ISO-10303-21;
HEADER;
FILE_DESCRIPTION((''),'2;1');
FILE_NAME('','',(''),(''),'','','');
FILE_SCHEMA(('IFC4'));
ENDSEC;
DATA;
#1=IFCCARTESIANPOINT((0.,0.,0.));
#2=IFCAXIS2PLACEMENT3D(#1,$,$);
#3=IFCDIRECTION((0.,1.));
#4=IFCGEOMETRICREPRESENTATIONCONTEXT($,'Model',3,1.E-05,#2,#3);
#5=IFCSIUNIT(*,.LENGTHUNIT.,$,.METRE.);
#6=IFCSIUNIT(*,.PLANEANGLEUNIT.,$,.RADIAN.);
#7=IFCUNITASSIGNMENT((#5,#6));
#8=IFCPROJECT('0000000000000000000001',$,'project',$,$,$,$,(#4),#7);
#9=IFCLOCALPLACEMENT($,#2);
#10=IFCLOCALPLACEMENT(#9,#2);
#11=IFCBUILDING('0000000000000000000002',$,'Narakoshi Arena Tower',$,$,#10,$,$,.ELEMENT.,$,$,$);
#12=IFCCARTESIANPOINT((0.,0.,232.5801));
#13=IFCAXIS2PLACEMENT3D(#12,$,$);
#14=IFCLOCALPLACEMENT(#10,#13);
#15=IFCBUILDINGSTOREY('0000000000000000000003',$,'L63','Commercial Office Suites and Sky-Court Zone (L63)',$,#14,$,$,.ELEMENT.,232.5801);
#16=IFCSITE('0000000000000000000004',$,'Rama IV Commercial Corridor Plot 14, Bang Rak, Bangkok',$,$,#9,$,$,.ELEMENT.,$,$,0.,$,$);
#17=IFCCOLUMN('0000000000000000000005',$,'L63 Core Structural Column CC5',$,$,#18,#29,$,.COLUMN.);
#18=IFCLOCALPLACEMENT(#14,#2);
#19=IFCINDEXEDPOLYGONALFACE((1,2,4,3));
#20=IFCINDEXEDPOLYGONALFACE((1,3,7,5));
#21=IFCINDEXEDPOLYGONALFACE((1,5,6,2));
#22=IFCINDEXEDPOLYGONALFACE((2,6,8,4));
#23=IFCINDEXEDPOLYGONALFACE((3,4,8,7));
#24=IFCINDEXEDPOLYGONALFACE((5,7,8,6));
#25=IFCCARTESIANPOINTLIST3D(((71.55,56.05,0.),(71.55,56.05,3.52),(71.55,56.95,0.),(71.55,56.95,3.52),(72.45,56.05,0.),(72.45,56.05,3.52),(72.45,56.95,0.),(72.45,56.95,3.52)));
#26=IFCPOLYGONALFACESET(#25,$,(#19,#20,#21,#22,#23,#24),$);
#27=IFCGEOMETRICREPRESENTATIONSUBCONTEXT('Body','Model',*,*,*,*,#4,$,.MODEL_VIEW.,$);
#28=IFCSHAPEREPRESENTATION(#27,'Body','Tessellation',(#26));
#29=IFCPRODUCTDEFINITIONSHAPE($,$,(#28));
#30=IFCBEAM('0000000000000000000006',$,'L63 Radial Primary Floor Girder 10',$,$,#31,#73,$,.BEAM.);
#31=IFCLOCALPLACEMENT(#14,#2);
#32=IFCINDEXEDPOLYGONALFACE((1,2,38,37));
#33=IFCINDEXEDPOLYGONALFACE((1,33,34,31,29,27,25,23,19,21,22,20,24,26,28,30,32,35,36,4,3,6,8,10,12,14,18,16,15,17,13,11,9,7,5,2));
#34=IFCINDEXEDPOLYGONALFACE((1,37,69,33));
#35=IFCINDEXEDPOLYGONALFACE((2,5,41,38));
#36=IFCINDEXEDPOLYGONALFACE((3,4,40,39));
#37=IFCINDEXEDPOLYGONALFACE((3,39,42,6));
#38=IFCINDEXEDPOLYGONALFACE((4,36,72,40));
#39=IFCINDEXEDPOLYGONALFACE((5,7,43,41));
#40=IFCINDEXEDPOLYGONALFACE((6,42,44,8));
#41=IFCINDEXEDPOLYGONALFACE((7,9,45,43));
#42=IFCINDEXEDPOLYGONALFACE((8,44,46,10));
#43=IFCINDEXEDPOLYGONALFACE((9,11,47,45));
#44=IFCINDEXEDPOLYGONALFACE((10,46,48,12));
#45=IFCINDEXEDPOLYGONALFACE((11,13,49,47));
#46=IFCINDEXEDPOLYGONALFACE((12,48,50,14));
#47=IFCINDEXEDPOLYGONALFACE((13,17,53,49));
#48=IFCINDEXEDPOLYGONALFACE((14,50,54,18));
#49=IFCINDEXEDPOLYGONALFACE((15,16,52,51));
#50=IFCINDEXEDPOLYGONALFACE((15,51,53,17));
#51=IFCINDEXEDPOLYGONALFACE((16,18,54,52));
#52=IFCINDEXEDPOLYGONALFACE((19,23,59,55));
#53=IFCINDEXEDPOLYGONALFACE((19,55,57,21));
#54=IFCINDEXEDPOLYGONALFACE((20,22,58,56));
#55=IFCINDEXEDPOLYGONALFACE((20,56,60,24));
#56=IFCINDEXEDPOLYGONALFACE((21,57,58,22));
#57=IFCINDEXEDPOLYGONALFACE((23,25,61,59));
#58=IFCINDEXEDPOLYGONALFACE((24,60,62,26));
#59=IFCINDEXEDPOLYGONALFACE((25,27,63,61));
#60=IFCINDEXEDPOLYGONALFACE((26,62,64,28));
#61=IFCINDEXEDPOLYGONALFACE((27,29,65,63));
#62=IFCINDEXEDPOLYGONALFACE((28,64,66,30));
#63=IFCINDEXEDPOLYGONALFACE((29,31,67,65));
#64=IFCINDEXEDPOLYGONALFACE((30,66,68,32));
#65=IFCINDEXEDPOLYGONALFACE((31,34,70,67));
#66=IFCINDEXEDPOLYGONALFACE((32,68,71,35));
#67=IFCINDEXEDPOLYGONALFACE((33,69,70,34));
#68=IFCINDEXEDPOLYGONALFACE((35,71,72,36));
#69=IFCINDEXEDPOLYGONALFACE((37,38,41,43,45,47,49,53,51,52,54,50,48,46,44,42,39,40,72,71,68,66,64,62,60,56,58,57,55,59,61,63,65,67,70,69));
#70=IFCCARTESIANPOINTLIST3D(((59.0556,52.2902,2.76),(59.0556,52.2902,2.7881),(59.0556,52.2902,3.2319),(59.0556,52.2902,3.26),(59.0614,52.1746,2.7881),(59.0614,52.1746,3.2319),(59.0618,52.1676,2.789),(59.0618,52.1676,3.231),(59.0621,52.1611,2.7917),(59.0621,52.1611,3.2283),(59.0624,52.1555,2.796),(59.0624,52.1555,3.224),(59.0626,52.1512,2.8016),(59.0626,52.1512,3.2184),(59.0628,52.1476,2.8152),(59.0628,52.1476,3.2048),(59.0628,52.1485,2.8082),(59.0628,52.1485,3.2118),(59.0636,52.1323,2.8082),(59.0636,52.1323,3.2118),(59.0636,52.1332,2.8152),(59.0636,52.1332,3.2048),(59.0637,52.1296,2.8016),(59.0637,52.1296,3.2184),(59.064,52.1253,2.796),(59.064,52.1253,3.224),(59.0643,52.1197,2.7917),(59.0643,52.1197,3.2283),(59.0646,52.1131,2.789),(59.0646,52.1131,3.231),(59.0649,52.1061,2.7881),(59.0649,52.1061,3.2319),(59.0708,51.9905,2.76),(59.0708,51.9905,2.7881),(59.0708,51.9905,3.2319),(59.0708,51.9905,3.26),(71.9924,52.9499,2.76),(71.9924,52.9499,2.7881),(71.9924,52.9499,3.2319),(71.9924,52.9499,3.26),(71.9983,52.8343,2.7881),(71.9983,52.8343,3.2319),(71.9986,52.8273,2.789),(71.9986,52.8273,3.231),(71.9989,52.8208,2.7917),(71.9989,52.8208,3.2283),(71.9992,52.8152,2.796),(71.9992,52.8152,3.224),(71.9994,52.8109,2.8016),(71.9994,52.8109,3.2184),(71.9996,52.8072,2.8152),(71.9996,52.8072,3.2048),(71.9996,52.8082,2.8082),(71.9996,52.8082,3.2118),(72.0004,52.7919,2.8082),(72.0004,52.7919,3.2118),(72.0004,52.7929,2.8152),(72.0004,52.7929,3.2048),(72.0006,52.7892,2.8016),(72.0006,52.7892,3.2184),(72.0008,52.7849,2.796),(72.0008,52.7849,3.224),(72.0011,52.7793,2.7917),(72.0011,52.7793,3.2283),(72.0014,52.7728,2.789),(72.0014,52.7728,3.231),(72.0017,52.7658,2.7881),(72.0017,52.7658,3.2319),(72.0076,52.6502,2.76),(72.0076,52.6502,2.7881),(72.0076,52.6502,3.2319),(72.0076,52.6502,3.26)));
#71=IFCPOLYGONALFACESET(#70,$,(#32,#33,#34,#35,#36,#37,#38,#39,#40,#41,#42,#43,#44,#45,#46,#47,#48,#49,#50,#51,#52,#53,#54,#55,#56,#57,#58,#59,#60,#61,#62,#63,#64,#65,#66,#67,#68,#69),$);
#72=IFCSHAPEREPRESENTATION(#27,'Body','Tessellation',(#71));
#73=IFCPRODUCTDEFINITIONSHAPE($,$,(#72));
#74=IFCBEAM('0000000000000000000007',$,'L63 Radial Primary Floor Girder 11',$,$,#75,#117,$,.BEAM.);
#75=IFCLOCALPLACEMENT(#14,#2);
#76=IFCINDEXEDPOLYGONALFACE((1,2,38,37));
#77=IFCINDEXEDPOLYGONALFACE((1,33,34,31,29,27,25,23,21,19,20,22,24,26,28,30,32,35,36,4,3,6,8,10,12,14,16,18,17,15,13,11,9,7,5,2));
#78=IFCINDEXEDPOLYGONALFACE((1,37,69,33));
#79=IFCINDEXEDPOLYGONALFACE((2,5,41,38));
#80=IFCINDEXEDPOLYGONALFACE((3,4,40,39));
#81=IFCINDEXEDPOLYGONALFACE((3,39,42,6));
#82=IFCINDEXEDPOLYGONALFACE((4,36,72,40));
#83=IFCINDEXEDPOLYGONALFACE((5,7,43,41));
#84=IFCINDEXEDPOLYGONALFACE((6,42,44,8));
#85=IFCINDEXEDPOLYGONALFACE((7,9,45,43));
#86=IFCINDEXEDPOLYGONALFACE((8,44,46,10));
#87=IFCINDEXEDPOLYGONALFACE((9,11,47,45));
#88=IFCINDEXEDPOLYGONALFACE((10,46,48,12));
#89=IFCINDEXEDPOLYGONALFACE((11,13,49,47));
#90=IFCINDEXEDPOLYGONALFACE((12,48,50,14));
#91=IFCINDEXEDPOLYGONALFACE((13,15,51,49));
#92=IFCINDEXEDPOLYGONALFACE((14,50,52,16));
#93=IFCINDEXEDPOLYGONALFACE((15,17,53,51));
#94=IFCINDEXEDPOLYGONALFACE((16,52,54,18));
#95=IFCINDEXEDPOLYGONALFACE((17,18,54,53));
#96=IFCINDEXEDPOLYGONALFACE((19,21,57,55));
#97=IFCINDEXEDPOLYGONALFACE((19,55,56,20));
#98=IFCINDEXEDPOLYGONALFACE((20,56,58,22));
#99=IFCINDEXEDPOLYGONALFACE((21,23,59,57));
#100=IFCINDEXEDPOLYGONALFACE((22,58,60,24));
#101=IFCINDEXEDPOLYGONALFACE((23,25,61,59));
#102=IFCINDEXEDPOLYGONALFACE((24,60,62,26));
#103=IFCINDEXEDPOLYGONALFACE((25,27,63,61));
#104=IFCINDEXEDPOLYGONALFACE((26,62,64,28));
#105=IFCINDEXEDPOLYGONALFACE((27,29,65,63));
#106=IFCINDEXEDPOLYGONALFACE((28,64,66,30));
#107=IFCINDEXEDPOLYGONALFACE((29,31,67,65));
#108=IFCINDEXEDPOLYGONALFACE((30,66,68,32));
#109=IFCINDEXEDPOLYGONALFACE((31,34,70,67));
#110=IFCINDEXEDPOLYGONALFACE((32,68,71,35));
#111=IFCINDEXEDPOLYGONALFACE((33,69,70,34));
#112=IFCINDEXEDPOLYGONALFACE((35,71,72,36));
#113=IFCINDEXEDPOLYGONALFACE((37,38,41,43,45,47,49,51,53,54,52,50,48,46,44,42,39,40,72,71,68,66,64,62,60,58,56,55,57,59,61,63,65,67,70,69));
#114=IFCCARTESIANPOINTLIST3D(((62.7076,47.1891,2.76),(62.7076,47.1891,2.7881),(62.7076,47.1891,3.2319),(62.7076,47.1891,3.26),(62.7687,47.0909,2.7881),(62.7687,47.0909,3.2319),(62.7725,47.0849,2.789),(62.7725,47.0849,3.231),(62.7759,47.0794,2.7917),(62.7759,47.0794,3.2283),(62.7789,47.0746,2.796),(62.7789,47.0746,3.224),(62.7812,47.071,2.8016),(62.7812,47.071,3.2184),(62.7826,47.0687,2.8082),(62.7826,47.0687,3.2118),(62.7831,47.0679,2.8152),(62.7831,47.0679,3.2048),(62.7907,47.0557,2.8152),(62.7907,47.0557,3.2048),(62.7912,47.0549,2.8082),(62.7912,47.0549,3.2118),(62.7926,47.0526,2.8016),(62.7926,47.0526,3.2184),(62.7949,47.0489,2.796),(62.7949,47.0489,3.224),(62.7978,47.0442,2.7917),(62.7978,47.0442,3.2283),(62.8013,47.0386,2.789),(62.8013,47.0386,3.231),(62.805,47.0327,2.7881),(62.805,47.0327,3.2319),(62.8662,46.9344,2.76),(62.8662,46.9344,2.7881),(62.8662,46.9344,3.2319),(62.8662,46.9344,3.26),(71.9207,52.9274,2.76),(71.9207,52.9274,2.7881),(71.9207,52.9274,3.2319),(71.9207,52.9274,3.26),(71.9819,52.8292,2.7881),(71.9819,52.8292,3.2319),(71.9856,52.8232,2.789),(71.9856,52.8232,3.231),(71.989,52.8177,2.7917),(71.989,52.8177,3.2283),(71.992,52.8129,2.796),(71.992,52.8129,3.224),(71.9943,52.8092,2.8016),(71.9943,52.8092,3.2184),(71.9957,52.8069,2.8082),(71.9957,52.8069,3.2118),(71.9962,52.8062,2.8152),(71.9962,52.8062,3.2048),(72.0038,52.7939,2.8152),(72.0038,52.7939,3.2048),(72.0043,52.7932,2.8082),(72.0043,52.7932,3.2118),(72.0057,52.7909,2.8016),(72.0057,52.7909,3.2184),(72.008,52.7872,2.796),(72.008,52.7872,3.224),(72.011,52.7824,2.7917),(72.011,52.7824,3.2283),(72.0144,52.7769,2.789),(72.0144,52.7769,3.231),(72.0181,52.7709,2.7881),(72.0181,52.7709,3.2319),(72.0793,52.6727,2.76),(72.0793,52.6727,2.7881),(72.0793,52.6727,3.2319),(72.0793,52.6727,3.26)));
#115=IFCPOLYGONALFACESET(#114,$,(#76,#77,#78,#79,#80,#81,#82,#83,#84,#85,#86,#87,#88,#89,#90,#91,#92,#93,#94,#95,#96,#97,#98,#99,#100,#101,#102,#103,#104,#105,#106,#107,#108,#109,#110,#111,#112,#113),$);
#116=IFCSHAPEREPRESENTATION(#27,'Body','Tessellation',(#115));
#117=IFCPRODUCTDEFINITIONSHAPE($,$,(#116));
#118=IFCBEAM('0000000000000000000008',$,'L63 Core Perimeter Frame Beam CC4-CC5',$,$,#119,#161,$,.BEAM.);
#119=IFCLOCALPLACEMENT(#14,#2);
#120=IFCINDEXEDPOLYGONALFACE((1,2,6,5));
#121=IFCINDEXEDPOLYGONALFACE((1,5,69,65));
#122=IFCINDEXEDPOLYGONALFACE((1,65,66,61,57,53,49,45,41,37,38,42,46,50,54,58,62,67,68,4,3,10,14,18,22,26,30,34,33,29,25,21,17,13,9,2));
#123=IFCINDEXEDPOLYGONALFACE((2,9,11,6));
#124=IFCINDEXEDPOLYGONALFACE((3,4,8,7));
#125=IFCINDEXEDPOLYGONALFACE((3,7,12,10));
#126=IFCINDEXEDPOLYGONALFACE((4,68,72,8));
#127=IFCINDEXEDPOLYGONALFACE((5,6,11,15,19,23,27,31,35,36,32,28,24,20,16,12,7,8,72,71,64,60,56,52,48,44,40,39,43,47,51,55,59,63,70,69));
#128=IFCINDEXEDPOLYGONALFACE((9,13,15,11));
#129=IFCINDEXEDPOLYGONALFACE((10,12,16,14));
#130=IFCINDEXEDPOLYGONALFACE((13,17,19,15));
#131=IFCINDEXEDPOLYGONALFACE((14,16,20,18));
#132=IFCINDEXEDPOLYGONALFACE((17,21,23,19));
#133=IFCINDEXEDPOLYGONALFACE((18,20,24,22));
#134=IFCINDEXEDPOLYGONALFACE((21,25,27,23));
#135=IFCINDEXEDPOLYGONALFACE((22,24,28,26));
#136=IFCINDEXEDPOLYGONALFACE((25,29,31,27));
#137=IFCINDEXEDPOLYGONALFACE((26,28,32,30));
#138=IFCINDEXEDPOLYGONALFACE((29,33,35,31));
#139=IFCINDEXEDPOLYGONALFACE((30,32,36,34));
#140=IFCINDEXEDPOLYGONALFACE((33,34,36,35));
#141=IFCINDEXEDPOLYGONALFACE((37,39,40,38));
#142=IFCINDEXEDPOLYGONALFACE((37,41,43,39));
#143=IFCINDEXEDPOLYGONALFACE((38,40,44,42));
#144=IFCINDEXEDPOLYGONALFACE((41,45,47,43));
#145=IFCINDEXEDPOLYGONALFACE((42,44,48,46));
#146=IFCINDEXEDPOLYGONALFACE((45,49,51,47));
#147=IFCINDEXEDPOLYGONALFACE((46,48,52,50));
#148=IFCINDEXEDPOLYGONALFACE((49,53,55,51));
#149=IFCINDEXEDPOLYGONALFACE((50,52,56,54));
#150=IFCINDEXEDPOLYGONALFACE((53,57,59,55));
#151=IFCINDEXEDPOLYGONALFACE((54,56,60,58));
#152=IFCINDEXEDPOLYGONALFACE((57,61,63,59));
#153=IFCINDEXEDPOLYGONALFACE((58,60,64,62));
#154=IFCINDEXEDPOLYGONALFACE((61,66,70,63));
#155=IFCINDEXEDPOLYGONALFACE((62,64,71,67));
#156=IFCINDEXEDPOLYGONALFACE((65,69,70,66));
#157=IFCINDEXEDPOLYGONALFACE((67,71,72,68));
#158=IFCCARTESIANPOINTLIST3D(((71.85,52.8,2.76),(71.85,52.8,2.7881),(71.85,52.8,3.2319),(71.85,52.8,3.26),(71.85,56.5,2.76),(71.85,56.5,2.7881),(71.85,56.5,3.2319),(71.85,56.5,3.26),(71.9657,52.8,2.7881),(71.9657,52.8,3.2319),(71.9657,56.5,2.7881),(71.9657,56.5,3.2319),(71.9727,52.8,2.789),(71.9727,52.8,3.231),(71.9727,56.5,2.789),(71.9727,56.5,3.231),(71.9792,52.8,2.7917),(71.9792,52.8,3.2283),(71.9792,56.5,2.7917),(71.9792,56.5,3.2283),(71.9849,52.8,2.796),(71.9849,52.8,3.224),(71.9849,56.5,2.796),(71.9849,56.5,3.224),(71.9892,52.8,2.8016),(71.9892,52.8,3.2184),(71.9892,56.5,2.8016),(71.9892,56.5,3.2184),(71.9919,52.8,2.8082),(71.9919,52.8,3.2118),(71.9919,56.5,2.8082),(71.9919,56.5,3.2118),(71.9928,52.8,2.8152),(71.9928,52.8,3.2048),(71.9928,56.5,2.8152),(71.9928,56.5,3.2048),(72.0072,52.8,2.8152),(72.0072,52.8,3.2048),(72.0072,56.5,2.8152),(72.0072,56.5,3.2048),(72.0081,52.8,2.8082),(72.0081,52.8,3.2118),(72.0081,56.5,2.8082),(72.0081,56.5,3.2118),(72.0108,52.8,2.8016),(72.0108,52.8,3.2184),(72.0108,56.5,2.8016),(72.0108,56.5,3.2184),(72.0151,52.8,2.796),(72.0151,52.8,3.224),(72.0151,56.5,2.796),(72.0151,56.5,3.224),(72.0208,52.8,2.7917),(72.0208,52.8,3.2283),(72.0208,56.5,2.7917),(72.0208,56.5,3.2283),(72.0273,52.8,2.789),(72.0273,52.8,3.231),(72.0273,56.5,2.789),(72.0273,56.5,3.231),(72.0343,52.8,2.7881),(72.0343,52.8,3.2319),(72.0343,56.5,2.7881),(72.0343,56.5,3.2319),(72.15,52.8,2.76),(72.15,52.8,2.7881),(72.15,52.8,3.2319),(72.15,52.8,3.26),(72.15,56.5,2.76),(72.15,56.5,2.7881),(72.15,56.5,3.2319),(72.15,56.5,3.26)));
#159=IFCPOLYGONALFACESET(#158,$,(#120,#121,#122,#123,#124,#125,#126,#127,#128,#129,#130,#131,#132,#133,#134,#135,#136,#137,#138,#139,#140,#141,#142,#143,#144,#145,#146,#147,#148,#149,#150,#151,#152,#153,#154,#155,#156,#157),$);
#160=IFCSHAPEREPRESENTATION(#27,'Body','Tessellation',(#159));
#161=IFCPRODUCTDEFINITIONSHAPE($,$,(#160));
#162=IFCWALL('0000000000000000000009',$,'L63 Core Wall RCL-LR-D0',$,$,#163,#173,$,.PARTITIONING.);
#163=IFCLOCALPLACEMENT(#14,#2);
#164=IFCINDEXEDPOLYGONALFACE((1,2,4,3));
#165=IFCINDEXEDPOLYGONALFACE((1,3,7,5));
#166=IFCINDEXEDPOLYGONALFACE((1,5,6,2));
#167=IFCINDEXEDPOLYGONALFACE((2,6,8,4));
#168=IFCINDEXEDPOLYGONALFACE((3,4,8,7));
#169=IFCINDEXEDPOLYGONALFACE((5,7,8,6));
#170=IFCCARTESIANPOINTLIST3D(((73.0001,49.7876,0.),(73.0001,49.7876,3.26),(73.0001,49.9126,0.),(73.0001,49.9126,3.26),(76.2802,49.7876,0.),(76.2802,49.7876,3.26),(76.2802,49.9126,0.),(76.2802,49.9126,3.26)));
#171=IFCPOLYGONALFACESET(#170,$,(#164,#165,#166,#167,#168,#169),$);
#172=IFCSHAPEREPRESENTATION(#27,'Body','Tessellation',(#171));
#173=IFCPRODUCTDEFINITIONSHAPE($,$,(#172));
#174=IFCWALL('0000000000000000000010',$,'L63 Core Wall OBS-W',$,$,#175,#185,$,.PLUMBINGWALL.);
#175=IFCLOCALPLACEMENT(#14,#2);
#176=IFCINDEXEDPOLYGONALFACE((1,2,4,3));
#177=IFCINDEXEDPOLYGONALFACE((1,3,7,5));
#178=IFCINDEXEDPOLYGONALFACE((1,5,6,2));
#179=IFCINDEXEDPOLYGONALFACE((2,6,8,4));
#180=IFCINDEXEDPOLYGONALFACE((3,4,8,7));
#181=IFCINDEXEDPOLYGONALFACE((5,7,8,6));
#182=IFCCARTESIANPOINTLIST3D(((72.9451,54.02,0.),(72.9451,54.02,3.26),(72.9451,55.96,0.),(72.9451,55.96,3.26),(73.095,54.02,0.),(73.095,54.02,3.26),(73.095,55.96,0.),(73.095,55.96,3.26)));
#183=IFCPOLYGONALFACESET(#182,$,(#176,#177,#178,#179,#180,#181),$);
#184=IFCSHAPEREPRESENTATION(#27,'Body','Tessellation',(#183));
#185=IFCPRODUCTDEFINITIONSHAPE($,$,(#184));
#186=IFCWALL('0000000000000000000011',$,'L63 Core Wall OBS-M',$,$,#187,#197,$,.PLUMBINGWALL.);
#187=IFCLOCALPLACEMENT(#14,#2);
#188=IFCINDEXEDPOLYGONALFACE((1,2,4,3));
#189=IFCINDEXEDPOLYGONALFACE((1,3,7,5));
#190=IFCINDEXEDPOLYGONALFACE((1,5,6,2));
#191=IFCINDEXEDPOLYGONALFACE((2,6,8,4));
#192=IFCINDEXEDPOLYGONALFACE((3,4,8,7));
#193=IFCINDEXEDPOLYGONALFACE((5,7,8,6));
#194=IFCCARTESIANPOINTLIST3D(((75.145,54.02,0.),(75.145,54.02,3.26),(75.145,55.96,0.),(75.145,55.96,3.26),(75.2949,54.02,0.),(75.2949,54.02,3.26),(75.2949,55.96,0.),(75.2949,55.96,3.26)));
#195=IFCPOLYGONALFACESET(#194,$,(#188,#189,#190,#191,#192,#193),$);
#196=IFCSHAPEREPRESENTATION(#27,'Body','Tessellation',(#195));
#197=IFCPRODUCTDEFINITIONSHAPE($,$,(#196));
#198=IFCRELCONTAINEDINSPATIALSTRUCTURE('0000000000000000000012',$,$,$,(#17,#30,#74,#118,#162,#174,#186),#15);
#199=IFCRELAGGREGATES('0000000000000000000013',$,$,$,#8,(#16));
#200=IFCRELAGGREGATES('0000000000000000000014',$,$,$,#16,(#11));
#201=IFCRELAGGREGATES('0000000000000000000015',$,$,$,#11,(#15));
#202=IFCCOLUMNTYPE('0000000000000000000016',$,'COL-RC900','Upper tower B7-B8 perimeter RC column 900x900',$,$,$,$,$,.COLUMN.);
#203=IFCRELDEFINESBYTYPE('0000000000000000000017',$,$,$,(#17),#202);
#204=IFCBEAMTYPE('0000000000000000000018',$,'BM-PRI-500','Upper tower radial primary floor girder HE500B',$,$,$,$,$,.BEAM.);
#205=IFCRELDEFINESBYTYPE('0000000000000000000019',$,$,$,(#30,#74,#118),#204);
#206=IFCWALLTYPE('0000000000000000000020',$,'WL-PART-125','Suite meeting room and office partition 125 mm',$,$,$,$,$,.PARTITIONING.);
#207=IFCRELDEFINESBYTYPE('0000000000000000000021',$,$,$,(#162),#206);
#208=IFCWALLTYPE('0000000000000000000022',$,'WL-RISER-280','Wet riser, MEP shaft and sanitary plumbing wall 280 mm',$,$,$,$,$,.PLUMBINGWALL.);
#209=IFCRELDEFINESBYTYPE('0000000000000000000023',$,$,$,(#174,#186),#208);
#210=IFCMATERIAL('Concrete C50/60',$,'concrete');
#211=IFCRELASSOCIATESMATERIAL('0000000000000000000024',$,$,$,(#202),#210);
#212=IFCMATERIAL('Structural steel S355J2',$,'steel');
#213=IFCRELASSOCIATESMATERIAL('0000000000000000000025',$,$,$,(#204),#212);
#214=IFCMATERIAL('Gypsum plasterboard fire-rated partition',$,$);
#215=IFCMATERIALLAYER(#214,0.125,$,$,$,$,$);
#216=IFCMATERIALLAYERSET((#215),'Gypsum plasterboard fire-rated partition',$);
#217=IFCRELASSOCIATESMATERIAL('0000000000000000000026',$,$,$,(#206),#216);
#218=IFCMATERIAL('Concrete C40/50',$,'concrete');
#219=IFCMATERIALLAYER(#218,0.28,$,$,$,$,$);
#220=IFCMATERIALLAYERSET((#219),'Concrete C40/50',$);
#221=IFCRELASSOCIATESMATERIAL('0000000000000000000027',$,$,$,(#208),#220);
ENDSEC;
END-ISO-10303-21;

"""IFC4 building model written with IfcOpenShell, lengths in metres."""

from ifc_helpers import new_model, si_unit, direction, frame, frame_2d, origin, origin_2d, place, context, subcontext, project, spatial, rectangle, i_section, extrude, material, layer, layer_set, material_profile, profile_set, type_object, element, save


model = new_model("IFC4")

# Units and contexts
model_context = context("Model", 3, precision=1e-05, world=origin(), true_north=direction((0.0, 1.0)))
body_context = subcontext(model_context, "Body", "Model", "MODEL_VIEW")
ifc_project = project(units=[si_unit("LENGTHUNIT", "METRE"), si_unit("PLANEANGLEUNIT", "RADIAN")], contexts=[model_context])

# Site, building, storey
site_placement = place(None, origin())
site = spatial("IfcSite", under=ifc_project, at=site_placement, Name="Rama IV Commercial Corridor Plot 14, Bang Rak, Bangkok", CompositionType="ELEMENT", RefElevation=0.0)
building_placement = place(site_placement, origin())
building = spatial("IfcBuilding", under=site, at=building_placement, Name="Narakoshi Arena Tower", CompositionType="ELEMENT")
storey_placement = place(building_placement, frame((0.0, 0.0, 232.5801)))
storey = spatial("IfcBuildingStorey", under=building, at=storey_placement, Name="L63", Description="Commercial Office Suites and Sky-Court Zone (L63)", CompositionType="ELEMENT", Elevation=232.5801)

# Column
ifc_material_1 = material(Name="Concrete C50/60", Category="concrete")
ifc_material_profile_1 = material_profile(ifc_material_1, rectangle(XDim=0.8999, YDim=0.8999, at=origin_2d()), Name="RC900x900")
ifc_profile_set_1 = profile_set([ifc_material_profile_1], Name="Concrete C50/60")
column_type = type_object("IfcColumnType", Name="COL-RC900", Description="Upper tower B7-B8 perimeter RC column 900x900", PredefinedType="COLUMN", material=ifc_profile_set_1)
column_placement = place(storey_placement, frame((72.0, 56.5, 0.0), z_axis=(0.0, 0.0, 1.0), x_axis=(1.0, 0.0, 0.0)))
element("IfcColumn", 1, at=column_placement, inside=storey, type_object=column_type, Name="L63 Core Structural Column CC5", PredefinedType="COLUMN", context=body_context, shape_type="SweptSolid", body=[
    extrude(rectangle(XDim=0.8999, YDim=0.8999, at=origin_2d()), origin(), (0.0, 0.0, 1.0), 3.52),
])

# Beams
ifc_material_2 = material(Name="Structural steel S355J2", Category="steel")
ifc_material_profile_2 = material_profile(ifc_material_2, i_section(OverallWidth=0.3, OverallDepth=0.5, WebThickness=0.0144, FlangeThickness=0.0281, FilletRadius=0.0271, at=origin_2d()), Name="HE500B")
ifc_profile_set_2 = profile_set([ifc_material_profile_2], Name="Structural steel S355J2")
beam_type = type_object("IfcBeamType", Name="BM-PRI-500", Description="Upper tower radial primary floor girder HE500B", PredefinedType="BEAM", material=ifc_profile_set_2)
beam_1_placement = place(storey_placement, frame((72.0, 52.8, 3.01), z_axis=(-0.998702, -0.050926, 0.0), x_axis=(0.050926, -0.998702, 0.0)))
element("IfcBeam", 2, at=beam_1_placement, inside=storey, type_object=beam_type, Name="L63 Radial Primary Floor Girder 10", PredefinedType="BEAM", context=body_context, shape_type="SweptSolid", body=[
    extrude(i_section(OverallWidth=0.3, OverallDepth=0.5, WebThickness=0.0144, FlangeThickness=0.0281, FilletRadius=0.0271, at=origin_2d()), origin(), (0.0, 0.0, 1.0), 12.9536),
])
beam_2_placement = place(storey_placement, frame((72.0, 52.8, 3.01), z_axis=(-0.848822, -0.528678, 0.0), x_axis=(0.528678, -0.848822, 0.0)))
element("IfcBeam", 3, at=beam_2_placement, inside=storey, type_object=beam_type, Name="L63 Radial Primary Floor Girder 11", PredefinedType="BEAM", context=body_context, shape_type="SweptSolid", body=[
    extrude(i_section(OverallWidth=0.3, OverallDepth=0.5, WebThickness=0.0144, FlangeThickness=0.0281, FilletRadius=0.0271, at=origin_2d()), origin(), (0.0, 0.0, 1.0), 10.854),
])
beam_3_placement = place(storey_placement, frame((72.0, 52.8, 3.01), z_axis=(0.0, 1.0, 0.0), x_axis=(-1.0, 0.0, 0.0)))
element("IfcBeam", 4, at=beam_3_placement, inside=storey, type_object=beam_type, Name="L63 Core Perimeter Frame Beam CC4-CC5", PredefinedType="BEAM", context=body_context, shape_type="SweptSolid", body=[
    extrude(i_section(OverallWidth=0.3, OverallDepth=0.5, WebThickness=0.0144, FlangeThickness=0.0281, FilletRadius=0.0271, at=origin_2d()), origin(), (0.0, 0.0, 1.0), 3.7),
])

# Walls
ifc_material_3 = material(Name="Gypsum plasterboard fire-rated partition")
ifc_layer_1 = layer(ifc_material_3, 0.125)
ifc_layer_set_1 = layer_set([ifc_layer_1], Name="Gypsum plasterboard fire-rated partition")
wall_type_1 = type_object("IfcWallType", Name="WL-PART-125", Description="Suite meeting room and office partition 125 mm", PredefinedType="PARTITIONING", material=ifc_layer_set_1)
wall_1_placement = place(storey_placement, frame((73.0, 49.8501, 0.0), z_axis=(0.0, 0.0, 1.0), x_axis=(1.0, 0.0, 0.0)))
element("IfcWall", 5, at=wall_1_placement, inside=storey, type_object=wall_type_1, Name="L63 Core Wall RCL-LR-D0", PredefinedType="PARTITIONING", context=body_context, shape_type="SweptSolid", body=[
    extrude(rectangle(XDim=3.28, YDim=0.125, at=frame_2d((1.6401, 0.0))), origin(), (0.0, 0.0, 1.0), 3.26),
])
ifc_material_4 = material(Name="Concrete C40/50", Category="concrete")
ifc_layer_2 = layer(ifc_material_4, 0.28)
ifc_layer_set_2 = layer_set([ifc_layer_2], Name="Concrete C40/50")
wall_type_2 = type_object("IfcWallType", Name="WL-RISER-280", Description="Wet riser, MEP shaft and sanitary plumbing wall 280 mm", PredefinedType="PLUMBINGWALL", material=ifc_layer_set_2)
for number, where, z_axis, x_axis, name in (
    (6, (73.02, 54.02, 0.0), (0.0, 0.0, 1.0), (0.0, 1.0, 0.0), "L63 Core Wall OBS-W"),
    (7, (75.22, 54.02, 0.0), (0.0, 0.0, 1.0), (0.0, 1.0, 0.0), "L63 Core Wall OBS-M"),
):
    element("IfcWall", number, at=place(storey_placement, frame(where, z_axis=z_axis, x_axis=x_axis)), inside=storey, type_object=wall_type_2, Name=name, PredefinedType="PLUMBINGWALL", context=body_context, shape_type="SweptSolid", body=[
        extrude(rectangle(XDim=1.9399, YDim=0.1499, at=frame_2d((0.97, 0.0))), origin(), (0.0, 0.0, 1.0), 3.26),
    ])

save(model, "model.ifc")
